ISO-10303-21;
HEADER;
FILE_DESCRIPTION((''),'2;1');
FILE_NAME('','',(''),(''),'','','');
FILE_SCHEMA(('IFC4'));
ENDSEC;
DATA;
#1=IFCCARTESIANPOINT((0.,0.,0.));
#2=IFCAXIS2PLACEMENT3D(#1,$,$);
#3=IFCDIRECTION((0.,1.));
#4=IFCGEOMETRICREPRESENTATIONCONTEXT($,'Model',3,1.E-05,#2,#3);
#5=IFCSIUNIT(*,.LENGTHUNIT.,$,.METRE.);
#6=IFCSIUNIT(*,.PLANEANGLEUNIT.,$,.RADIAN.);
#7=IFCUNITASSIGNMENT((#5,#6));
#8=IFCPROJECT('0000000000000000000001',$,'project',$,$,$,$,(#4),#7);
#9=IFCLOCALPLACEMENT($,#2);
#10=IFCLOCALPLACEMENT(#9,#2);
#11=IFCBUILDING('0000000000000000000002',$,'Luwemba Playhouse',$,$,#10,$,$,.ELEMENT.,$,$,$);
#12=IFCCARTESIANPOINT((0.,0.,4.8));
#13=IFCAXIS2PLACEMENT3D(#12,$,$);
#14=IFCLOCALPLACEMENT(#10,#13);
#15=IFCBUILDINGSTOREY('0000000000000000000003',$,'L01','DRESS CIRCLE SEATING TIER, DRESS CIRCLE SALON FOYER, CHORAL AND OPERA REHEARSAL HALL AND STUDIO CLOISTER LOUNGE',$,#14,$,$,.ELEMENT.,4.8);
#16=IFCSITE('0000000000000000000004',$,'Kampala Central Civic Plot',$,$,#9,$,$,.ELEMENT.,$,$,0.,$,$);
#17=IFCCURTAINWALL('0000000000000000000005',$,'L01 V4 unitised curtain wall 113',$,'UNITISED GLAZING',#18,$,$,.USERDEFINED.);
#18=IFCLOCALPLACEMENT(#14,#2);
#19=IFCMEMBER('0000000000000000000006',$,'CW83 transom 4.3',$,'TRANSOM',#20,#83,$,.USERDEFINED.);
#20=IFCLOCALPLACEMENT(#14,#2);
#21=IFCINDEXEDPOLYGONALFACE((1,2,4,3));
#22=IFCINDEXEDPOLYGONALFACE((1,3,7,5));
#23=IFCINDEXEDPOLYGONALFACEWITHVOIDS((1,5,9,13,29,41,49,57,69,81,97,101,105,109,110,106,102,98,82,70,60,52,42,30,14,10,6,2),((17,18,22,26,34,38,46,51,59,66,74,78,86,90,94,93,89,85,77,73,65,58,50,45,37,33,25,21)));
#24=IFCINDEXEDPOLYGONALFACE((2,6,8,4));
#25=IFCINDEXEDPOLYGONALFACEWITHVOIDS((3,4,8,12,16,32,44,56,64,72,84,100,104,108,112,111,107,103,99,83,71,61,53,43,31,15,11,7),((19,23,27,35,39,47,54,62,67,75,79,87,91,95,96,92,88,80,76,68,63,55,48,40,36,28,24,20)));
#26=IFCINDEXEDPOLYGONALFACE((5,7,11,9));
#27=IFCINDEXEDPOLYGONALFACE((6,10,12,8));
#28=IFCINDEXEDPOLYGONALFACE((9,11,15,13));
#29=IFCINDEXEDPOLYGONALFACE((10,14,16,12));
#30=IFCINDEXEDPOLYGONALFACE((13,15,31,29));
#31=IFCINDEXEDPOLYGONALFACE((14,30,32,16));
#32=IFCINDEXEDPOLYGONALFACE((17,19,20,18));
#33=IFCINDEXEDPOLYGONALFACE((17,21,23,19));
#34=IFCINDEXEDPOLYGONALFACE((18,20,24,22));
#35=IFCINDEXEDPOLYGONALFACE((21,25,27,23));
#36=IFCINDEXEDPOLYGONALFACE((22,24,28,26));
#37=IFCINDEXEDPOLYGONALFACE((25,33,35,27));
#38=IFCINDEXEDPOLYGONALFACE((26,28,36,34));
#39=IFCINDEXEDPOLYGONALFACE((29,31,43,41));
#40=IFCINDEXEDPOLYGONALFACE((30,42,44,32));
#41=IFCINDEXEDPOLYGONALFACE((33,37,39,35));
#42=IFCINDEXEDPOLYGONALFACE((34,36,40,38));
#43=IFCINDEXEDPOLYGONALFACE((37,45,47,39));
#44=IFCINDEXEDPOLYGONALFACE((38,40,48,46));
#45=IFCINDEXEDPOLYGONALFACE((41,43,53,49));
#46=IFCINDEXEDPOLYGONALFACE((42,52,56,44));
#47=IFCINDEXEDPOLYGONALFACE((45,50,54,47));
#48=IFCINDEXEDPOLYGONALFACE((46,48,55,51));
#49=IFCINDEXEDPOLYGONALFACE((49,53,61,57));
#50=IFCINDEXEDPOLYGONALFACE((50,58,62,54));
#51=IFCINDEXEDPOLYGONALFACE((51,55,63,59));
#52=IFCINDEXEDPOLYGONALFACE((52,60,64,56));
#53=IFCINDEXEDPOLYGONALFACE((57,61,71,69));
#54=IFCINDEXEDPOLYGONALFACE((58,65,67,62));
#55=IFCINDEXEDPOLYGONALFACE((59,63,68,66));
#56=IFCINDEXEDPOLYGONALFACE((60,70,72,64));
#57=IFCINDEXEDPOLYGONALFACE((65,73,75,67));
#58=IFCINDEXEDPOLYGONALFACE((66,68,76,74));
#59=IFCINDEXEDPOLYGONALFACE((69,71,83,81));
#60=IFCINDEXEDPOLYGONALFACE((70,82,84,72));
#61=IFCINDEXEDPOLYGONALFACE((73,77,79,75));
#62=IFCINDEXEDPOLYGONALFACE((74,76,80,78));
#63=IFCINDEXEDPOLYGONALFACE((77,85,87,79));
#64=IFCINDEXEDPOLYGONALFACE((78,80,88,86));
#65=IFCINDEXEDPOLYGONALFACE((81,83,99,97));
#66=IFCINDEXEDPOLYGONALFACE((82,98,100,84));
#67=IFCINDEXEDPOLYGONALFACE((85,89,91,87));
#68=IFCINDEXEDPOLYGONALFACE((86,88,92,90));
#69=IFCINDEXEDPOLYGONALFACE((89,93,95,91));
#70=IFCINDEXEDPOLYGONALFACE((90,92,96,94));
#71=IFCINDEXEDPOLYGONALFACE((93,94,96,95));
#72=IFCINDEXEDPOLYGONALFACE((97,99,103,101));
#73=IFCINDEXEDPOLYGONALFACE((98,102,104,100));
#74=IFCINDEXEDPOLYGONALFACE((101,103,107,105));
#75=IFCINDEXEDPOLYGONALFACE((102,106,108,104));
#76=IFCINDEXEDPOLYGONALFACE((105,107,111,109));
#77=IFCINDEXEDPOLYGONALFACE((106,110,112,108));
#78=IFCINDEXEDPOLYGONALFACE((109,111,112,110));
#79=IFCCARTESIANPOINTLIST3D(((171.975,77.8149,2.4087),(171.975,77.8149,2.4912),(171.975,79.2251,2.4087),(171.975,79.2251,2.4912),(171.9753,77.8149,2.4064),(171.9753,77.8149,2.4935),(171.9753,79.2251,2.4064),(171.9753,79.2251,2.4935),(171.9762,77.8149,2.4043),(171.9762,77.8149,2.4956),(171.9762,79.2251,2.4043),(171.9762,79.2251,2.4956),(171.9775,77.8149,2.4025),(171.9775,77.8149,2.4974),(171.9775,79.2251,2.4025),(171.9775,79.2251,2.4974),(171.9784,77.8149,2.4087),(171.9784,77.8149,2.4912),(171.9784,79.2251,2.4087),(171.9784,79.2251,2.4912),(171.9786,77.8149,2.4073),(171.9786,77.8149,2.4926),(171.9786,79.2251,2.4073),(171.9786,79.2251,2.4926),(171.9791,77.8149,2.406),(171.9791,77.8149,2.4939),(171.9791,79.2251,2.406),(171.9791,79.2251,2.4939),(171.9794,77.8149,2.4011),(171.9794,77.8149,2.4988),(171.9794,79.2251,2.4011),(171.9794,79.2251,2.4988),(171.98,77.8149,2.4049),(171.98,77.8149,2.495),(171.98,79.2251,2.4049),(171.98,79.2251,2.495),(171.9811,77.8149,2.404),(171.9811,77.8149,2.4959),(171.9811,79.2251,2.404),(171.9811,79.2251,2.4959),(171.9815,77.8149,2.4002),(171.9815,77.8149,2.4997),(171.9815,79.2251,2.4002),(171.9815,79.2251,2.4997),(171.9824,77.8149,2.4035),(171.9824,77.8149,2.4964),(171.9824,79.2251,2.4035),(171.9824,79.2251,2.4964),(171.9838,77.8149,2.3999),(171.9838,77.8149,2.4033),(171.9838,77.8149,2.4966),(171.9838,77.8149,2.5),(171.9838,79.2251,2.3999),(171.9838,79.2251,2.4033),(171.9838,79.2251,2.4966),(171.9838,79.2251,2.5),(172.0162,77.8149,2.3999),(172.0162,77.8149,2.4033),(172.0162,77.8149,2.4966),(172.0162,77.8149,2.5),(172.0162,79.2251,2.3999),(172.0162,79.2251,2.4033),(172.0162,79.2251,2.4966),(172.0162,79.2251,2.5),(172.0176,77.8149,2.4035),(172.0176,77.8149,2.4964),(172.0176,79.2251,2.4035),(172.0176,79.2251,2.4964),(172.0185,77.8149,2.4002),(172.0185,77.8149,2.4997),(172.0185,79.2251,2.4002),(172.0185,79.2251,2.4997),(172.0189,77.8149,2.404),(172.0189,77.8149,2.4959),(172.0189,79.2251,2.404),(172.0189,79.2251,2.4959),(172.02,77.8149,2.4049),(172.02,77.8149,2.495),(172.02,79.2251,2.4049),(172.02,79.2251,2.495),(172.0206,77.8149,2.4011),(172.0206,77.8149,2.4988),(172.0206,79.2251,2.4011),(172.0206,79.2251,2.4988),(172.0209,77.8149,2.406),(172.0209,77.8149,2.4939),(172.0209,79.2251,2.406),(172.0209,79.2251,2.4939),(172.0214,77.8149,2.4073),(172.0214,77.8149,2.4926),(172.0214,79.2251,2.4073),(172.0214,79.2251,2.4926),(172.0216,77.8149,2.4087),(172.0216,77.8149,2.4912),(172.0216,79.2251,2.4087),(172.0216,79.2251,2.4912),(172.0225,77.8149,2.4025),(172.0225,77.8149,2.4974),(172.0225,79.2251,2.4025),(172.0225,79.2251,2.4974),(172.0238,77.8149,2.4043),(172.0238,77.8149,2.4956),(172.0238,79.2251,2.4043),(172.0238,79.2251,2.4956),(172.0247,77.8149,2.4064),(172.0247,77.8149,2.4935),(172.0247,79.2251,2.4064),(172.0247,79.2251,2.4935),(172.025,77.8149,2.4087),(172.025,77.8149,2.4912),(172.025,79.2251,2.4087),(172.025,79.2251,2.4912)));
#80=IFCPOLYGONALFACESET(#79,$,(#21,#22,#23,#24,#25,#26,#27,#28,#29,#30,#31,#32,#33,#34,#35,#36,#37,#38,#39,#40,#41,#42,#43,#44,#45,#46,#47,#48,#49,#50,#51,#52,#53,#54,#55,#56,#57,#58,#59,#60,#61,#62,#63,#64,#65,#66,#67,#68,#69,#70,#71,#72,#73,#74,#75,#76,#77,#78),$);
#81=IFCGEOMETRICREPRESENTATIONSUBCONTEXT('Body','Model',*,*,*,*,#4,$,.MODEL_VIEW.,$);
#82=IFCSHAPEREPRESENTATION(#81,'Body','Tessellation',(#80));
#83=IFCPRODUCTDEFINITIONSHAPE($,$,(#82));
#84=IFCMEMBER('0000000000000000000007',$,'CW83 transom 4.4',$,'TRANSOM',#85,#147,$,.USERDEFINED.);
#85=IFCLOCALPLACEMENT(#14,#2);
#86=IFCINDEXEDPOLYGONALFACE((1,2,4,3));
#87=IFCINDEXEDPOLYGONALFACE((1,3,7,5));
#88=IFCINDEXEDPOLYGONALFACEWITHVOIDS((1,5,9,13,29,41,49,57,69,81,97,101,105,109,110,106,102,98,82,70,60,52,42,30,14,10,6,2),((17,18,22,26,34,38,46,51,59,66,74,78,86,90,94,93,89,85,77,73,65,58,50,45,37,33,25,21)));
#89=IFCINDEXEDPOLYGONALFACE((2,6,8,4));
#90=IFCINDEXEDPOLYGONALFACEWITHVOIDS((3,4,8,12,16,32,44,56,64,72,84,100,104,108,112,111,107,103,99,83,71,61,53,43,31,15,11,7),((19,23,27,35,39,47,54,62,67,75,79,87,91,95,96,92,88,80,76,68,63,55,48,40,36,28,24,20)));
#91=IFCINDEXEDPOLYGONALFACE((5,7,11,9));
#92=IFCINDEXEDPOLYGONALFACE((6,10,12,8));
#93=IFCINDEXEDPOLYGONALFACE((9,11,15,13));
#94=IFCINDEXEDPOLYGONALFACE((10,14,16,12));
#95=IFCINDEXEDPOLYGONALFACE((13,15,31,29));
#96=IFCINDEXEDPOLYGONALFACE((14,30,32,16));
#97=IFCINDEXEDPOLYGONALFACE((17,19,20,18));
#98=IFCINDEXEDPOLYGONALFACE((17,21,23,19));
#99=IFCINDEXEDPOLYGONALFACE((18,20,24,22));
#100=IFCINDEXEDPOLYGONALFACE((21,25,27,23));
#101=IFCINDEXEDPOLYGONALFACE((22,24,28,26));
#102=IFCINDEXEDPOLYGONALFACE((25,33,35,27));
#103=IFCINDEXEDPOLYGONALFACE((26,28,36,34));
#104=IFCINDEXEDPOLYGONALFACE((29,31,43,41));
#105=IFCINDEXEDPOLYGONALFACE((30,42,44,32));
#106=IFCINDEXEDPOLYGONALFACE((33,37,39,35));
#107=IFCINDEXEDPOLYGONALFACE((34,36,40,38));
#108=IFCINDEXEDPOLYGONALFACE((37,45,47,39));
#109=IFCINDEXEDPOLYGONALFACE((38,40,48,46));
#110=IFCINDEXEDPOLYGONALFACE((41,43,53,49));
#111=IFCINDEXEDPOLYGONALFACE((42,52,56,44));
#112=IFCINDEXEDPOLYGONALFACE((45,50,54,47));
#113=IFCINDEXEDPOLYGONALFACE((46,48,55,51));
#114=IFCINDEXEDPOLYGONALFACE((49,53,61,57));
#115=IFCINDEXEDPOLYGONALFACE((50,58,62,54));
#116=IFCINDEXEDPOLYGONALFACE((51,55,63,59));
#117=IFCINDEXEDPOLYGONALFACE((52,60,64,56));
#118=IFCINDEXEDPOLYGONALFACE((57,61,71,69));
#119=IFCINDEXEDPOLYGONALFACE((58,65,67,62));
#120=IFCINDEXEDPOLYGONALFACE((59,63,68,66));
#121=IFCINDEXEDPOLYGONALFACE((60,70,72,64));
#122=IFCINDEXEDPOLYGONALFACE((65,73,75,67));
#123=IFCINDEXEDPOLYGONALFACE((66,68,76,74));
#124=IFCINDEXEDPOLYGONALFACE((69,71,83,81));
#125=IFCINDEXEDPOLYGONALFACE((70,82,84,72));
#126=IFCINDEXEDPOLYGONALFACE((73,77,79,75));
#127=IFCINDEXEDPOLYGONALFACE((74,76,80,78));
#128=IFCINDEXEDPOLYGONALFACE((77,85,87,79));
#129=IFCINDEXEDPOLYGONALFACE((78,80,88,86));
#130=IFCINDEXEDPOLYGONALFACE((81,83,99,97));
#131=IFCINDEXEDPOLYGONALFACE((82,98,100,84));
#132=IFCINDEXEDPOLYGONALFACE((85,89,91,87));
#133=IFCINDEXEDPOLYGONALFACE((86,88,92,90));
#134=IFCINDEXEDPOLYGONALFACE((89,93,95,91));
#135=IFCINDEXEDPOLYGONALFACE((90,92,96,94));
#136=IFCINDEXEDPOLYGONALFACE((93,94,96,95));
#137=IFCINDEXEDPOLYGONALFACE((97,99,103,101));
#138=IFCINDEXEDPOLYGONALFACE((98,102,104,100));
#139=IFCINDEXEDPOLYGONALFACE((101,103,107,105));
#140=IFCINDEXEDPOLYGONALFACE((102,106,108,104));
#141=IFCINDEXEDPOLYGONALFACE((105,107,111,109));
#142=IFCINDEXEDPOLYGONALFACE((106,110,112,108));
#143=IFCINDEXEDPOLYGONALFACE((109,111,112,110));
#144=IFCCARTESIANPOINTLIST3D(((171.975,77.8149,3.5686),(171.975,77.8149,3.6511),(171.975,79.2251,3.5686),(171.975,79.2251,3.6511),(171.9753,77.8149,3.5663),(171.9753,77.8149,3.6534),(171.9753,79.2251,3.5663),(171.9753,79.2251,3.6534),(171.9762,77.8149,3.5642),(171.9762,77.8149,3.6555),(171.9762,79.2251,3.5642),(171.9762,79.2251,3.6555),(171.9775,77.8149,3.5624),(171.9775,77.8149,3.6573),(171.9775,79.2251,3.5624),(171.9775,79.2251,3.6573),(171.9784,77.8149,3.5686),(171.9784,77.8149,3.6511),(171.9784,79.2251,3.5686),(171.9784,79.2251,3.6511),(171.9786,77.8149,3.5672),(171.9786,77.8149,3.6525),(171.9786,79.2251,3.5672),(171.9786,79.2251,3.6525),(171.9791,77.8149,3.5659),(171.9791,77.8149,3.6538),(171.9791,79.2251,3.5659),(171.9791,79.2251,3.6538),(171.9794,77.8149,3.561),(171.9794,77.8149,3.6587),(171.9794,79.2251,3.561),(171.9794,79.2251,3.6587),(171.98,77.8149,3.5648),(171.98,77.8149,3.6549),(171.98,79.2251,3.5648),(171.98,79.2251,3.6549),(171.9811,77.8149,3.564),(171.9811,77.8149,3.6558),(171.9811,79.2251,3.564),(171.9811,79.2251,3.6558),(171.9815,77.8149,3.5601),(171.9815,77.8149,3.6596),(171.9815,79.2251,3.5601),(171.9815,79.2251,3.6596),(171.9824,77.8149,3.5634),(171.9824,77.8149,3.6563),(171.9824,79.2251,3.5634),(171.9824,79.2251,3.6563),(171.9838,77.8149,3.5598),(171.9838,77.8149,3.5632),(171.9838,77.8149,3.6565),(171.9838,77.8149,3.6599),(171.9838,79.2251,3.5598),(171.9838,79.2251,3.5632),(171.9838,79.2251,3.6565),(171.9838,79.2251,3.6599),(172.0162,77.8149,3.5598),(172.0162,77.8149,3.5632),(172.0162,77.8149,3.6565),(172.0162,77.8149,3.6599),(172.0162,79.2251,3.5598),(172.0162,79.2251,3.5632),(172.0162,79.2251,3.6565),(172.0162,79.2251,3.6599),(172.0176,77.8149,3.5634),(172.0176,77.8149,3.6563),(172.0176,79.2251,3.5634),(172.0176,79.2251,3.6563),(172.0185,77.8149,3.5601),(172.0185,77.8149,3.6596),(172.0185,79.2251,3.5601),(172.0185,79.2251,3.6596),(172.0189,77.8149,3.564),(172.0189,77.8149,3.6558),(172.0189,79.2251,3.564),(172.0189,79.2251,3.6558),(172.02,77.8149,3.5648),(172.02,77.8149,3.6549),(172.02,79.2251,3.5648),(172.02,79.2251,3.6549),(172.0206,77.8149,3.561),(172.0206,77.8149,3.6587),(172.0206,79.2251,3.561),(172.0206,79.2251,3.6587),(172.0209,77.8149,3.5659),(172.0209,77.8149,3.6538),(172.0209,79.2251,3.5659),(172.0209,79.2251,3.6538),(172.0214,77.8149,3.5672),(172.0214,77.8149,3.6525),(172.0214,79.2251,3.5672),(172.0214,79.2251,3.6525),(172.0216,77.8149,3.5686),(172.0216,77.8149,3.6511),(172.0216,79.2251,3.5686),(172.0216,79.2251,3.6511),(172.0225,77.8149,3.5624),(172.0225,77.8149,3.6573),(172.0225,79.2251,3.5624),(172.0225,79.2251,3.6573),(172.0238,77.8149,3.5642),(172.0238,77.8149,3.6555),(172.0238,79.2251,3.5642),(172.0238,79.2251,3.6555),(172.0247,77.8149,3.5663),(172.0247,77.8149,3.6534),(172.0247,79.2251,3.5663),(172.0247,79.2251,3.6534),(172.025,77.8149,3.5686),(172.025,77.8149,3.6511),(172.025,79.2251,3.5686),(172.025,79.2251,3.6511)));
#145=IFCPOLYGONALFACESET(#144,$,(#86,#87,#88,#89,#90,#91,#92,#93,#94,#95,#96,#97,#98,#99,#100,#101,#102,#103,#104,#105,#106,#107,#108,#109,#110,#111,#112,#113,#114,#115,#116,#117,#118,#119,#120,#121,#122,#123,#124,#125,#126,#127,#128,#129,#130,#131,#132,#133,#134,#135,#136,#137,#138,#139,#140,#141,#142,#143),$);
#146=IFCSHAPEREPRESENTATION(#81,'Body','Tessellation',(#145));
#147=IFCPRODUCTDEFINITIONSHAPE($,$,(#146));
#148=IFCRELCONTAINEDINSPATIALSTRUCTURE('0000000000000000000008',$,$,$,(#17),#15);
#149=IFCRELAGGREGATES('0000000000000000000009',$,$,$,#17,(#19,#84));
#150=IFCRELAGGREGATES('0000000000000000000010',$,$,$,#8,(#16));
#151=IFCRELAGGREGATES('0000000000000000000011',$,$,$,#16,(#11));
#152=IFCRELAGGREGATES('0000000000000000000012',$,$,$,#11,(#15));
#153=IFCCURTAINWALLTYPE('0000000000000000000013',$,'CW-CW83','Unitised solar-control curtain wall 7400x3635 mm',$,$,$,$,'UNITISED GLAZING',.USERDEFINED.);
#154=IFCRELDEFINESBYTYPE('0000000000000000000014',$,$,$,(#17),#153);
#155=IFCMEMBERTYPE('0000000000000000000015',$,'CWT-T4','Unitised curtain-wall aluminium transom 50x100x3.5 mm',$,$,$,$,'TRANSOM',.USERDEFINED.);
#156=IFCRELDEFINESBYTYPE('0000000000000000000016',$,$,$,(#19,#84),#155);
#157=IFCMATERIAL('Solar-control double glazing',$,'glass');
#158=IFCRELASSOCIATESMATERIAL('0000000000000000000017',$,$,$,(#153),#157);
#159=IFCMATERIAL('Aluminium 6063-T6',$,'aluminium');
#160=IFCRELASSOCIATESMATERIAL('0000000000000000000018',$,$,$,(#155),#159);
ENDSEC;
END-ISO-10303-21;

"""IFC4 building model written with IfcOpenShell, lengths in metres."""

from ifc_helpers import new_model, si_unit, direction, frame, origin, origin_2d, place, context, subcontext, project, spatial, hollow_rectangle, extrude, material, material_profile, profile_set, type_object, element, aggregate, save


model = new_model("IFC4")

# Units and contexts
model_context = context("Model", 3, precision=1e-05, world=origin(), true_north=direction((0.0, 1.0)))
body_context = subcontext(model_context, "Body", "Model", "MODEL_VIEW")
ifc_project = project(units=[si_unit("LENGTHUNIT", "METRE"), si_unit("PLANEANGLEUNIT", "RADIAN")], contexts=[model_context])

# Site, building, storey
site_placement = place(None, origin())
site = spatial("IfcSite", under=ifc_project, at=site_placement, Name="Kampala Central Civic Plot", CompositionType="ELEMENT", RefElevation=0.0)
building_placement = place(site_placement, origin())
building = spatial("IfcBuilding", under=site, at=building_placement, Name="Luwemba Playhouse", CompositionType="ELEMENT")
storey_placement = place(building_placement, frame((0.0, 0.0, 4.8)))
storey = spatial("IfcBuildingStorey", under=building, at=storey_placement, Name="L01", Description="DRESS CIRCLE SEATING TIER, DRESS CIRCLE SALON FOYER, CHORAL AND OPERA REHEARSAL HALL AND STUDIO CLOISTER LOUNGE", CompositionType="ELEMENT", Elevation=4.8)

# Curtain wall, members
ifc_material_1 = material(Name="Solar-control double glazing", Category="glass")
curtain_wall_type = type_object("IfcCurtainWallType", Name="CW-CW83", Description="Unitised solar-control curtain wall 7400x3635 mm", ElementType="UNITISED GLAZING", PredefinedType="USERDEFINED", material=ifc_material_1)
curtain_wall_placement = place(storey_placement, origin())
curtain_wall = element("IfcCurtainWall", 1, at=curtain_wall_placement, inside=storey, type_object=curtain_wall_type, Name="L01 V4 unitised curtain wall 113", ObjectType="UNITISED GLAZING", PredefinedType="USERDEFINED")
ifc_material_2 = material(Name="Aluminium 6063-T6", Category="aluminium")
ifc_material_profile_1 = material_profile(ifc_material_2, hollow_rectangle(XDim=0.05, YDim=0.1001, WallThickness=0.0034, InnerFilletRadius=0.0054, OuterFilletRadius=0.0088, at=origin_2d()))
ifc_profile_set_1 = profile_set([ifc_material_profile_1], Name="Aluminium 6063-T6")
member_type_1 = type_object("IfcMemberType", Name="CWT-T4", Description="Unitised curtain-wall aluminium transom 50x100x3.5 mm", ElementType="TRANSOM", PredefinedType="USERDEFINED", material=ifc_profile_set_1)
member_1_placement = place(storey_placement, frame((172.0, 79.2251, 2.45), z_axis=(0.0, -1.0, 0.0), x_axis=(1.0, 0.0, 0.0)))
member_1 = element("IfcMember", 2, at=member_1_placement, type_object=member_type_1, Name="CW83 transom 4.3", ObjectType="TRANSOM", PredefinedType="USERDEFINED", context=body_context, shape_type="SweptSolid", body=[
    extrude(hollow_rectangle(XDim=0.05, YDim=0.1001, WallThickness=0.0034, InnerFilletRadius=0.0054, OuterFilletRadius=0.0088, at=origin_2d()), origin(), (0.0, 0.0, 1.0), 1.4102),
])
member_2_placement = place(storey_placement, frame((172.0, 79.2251, 3.6099), z_axis=(0.0, -1.0, 0.0), x_axis=(1.0, 0.0, 0.0)))
member_2 = element("IfcMember", 3, at=member_2_placement, type_object=member_type_1, Name="CW83 transom 4.4", ObjectType="TRANSOM", PredefinedType="USERDEFINED", context=body_context, shape_type="SweptSolid", body=[
    extrude(hollow_rectangle(XDim=0.05, YDim=0.1001, WallThickness=0.0034, InnerFilletRadius=0.0054, OuterFilletRadius=0.0088, at=origin_2d()), origin(), (0.0, 0.0, 1.0), 1.4102),
])
aggregate(curtain_wall, [member_1, member_2])

save(model, "model.ifc")
